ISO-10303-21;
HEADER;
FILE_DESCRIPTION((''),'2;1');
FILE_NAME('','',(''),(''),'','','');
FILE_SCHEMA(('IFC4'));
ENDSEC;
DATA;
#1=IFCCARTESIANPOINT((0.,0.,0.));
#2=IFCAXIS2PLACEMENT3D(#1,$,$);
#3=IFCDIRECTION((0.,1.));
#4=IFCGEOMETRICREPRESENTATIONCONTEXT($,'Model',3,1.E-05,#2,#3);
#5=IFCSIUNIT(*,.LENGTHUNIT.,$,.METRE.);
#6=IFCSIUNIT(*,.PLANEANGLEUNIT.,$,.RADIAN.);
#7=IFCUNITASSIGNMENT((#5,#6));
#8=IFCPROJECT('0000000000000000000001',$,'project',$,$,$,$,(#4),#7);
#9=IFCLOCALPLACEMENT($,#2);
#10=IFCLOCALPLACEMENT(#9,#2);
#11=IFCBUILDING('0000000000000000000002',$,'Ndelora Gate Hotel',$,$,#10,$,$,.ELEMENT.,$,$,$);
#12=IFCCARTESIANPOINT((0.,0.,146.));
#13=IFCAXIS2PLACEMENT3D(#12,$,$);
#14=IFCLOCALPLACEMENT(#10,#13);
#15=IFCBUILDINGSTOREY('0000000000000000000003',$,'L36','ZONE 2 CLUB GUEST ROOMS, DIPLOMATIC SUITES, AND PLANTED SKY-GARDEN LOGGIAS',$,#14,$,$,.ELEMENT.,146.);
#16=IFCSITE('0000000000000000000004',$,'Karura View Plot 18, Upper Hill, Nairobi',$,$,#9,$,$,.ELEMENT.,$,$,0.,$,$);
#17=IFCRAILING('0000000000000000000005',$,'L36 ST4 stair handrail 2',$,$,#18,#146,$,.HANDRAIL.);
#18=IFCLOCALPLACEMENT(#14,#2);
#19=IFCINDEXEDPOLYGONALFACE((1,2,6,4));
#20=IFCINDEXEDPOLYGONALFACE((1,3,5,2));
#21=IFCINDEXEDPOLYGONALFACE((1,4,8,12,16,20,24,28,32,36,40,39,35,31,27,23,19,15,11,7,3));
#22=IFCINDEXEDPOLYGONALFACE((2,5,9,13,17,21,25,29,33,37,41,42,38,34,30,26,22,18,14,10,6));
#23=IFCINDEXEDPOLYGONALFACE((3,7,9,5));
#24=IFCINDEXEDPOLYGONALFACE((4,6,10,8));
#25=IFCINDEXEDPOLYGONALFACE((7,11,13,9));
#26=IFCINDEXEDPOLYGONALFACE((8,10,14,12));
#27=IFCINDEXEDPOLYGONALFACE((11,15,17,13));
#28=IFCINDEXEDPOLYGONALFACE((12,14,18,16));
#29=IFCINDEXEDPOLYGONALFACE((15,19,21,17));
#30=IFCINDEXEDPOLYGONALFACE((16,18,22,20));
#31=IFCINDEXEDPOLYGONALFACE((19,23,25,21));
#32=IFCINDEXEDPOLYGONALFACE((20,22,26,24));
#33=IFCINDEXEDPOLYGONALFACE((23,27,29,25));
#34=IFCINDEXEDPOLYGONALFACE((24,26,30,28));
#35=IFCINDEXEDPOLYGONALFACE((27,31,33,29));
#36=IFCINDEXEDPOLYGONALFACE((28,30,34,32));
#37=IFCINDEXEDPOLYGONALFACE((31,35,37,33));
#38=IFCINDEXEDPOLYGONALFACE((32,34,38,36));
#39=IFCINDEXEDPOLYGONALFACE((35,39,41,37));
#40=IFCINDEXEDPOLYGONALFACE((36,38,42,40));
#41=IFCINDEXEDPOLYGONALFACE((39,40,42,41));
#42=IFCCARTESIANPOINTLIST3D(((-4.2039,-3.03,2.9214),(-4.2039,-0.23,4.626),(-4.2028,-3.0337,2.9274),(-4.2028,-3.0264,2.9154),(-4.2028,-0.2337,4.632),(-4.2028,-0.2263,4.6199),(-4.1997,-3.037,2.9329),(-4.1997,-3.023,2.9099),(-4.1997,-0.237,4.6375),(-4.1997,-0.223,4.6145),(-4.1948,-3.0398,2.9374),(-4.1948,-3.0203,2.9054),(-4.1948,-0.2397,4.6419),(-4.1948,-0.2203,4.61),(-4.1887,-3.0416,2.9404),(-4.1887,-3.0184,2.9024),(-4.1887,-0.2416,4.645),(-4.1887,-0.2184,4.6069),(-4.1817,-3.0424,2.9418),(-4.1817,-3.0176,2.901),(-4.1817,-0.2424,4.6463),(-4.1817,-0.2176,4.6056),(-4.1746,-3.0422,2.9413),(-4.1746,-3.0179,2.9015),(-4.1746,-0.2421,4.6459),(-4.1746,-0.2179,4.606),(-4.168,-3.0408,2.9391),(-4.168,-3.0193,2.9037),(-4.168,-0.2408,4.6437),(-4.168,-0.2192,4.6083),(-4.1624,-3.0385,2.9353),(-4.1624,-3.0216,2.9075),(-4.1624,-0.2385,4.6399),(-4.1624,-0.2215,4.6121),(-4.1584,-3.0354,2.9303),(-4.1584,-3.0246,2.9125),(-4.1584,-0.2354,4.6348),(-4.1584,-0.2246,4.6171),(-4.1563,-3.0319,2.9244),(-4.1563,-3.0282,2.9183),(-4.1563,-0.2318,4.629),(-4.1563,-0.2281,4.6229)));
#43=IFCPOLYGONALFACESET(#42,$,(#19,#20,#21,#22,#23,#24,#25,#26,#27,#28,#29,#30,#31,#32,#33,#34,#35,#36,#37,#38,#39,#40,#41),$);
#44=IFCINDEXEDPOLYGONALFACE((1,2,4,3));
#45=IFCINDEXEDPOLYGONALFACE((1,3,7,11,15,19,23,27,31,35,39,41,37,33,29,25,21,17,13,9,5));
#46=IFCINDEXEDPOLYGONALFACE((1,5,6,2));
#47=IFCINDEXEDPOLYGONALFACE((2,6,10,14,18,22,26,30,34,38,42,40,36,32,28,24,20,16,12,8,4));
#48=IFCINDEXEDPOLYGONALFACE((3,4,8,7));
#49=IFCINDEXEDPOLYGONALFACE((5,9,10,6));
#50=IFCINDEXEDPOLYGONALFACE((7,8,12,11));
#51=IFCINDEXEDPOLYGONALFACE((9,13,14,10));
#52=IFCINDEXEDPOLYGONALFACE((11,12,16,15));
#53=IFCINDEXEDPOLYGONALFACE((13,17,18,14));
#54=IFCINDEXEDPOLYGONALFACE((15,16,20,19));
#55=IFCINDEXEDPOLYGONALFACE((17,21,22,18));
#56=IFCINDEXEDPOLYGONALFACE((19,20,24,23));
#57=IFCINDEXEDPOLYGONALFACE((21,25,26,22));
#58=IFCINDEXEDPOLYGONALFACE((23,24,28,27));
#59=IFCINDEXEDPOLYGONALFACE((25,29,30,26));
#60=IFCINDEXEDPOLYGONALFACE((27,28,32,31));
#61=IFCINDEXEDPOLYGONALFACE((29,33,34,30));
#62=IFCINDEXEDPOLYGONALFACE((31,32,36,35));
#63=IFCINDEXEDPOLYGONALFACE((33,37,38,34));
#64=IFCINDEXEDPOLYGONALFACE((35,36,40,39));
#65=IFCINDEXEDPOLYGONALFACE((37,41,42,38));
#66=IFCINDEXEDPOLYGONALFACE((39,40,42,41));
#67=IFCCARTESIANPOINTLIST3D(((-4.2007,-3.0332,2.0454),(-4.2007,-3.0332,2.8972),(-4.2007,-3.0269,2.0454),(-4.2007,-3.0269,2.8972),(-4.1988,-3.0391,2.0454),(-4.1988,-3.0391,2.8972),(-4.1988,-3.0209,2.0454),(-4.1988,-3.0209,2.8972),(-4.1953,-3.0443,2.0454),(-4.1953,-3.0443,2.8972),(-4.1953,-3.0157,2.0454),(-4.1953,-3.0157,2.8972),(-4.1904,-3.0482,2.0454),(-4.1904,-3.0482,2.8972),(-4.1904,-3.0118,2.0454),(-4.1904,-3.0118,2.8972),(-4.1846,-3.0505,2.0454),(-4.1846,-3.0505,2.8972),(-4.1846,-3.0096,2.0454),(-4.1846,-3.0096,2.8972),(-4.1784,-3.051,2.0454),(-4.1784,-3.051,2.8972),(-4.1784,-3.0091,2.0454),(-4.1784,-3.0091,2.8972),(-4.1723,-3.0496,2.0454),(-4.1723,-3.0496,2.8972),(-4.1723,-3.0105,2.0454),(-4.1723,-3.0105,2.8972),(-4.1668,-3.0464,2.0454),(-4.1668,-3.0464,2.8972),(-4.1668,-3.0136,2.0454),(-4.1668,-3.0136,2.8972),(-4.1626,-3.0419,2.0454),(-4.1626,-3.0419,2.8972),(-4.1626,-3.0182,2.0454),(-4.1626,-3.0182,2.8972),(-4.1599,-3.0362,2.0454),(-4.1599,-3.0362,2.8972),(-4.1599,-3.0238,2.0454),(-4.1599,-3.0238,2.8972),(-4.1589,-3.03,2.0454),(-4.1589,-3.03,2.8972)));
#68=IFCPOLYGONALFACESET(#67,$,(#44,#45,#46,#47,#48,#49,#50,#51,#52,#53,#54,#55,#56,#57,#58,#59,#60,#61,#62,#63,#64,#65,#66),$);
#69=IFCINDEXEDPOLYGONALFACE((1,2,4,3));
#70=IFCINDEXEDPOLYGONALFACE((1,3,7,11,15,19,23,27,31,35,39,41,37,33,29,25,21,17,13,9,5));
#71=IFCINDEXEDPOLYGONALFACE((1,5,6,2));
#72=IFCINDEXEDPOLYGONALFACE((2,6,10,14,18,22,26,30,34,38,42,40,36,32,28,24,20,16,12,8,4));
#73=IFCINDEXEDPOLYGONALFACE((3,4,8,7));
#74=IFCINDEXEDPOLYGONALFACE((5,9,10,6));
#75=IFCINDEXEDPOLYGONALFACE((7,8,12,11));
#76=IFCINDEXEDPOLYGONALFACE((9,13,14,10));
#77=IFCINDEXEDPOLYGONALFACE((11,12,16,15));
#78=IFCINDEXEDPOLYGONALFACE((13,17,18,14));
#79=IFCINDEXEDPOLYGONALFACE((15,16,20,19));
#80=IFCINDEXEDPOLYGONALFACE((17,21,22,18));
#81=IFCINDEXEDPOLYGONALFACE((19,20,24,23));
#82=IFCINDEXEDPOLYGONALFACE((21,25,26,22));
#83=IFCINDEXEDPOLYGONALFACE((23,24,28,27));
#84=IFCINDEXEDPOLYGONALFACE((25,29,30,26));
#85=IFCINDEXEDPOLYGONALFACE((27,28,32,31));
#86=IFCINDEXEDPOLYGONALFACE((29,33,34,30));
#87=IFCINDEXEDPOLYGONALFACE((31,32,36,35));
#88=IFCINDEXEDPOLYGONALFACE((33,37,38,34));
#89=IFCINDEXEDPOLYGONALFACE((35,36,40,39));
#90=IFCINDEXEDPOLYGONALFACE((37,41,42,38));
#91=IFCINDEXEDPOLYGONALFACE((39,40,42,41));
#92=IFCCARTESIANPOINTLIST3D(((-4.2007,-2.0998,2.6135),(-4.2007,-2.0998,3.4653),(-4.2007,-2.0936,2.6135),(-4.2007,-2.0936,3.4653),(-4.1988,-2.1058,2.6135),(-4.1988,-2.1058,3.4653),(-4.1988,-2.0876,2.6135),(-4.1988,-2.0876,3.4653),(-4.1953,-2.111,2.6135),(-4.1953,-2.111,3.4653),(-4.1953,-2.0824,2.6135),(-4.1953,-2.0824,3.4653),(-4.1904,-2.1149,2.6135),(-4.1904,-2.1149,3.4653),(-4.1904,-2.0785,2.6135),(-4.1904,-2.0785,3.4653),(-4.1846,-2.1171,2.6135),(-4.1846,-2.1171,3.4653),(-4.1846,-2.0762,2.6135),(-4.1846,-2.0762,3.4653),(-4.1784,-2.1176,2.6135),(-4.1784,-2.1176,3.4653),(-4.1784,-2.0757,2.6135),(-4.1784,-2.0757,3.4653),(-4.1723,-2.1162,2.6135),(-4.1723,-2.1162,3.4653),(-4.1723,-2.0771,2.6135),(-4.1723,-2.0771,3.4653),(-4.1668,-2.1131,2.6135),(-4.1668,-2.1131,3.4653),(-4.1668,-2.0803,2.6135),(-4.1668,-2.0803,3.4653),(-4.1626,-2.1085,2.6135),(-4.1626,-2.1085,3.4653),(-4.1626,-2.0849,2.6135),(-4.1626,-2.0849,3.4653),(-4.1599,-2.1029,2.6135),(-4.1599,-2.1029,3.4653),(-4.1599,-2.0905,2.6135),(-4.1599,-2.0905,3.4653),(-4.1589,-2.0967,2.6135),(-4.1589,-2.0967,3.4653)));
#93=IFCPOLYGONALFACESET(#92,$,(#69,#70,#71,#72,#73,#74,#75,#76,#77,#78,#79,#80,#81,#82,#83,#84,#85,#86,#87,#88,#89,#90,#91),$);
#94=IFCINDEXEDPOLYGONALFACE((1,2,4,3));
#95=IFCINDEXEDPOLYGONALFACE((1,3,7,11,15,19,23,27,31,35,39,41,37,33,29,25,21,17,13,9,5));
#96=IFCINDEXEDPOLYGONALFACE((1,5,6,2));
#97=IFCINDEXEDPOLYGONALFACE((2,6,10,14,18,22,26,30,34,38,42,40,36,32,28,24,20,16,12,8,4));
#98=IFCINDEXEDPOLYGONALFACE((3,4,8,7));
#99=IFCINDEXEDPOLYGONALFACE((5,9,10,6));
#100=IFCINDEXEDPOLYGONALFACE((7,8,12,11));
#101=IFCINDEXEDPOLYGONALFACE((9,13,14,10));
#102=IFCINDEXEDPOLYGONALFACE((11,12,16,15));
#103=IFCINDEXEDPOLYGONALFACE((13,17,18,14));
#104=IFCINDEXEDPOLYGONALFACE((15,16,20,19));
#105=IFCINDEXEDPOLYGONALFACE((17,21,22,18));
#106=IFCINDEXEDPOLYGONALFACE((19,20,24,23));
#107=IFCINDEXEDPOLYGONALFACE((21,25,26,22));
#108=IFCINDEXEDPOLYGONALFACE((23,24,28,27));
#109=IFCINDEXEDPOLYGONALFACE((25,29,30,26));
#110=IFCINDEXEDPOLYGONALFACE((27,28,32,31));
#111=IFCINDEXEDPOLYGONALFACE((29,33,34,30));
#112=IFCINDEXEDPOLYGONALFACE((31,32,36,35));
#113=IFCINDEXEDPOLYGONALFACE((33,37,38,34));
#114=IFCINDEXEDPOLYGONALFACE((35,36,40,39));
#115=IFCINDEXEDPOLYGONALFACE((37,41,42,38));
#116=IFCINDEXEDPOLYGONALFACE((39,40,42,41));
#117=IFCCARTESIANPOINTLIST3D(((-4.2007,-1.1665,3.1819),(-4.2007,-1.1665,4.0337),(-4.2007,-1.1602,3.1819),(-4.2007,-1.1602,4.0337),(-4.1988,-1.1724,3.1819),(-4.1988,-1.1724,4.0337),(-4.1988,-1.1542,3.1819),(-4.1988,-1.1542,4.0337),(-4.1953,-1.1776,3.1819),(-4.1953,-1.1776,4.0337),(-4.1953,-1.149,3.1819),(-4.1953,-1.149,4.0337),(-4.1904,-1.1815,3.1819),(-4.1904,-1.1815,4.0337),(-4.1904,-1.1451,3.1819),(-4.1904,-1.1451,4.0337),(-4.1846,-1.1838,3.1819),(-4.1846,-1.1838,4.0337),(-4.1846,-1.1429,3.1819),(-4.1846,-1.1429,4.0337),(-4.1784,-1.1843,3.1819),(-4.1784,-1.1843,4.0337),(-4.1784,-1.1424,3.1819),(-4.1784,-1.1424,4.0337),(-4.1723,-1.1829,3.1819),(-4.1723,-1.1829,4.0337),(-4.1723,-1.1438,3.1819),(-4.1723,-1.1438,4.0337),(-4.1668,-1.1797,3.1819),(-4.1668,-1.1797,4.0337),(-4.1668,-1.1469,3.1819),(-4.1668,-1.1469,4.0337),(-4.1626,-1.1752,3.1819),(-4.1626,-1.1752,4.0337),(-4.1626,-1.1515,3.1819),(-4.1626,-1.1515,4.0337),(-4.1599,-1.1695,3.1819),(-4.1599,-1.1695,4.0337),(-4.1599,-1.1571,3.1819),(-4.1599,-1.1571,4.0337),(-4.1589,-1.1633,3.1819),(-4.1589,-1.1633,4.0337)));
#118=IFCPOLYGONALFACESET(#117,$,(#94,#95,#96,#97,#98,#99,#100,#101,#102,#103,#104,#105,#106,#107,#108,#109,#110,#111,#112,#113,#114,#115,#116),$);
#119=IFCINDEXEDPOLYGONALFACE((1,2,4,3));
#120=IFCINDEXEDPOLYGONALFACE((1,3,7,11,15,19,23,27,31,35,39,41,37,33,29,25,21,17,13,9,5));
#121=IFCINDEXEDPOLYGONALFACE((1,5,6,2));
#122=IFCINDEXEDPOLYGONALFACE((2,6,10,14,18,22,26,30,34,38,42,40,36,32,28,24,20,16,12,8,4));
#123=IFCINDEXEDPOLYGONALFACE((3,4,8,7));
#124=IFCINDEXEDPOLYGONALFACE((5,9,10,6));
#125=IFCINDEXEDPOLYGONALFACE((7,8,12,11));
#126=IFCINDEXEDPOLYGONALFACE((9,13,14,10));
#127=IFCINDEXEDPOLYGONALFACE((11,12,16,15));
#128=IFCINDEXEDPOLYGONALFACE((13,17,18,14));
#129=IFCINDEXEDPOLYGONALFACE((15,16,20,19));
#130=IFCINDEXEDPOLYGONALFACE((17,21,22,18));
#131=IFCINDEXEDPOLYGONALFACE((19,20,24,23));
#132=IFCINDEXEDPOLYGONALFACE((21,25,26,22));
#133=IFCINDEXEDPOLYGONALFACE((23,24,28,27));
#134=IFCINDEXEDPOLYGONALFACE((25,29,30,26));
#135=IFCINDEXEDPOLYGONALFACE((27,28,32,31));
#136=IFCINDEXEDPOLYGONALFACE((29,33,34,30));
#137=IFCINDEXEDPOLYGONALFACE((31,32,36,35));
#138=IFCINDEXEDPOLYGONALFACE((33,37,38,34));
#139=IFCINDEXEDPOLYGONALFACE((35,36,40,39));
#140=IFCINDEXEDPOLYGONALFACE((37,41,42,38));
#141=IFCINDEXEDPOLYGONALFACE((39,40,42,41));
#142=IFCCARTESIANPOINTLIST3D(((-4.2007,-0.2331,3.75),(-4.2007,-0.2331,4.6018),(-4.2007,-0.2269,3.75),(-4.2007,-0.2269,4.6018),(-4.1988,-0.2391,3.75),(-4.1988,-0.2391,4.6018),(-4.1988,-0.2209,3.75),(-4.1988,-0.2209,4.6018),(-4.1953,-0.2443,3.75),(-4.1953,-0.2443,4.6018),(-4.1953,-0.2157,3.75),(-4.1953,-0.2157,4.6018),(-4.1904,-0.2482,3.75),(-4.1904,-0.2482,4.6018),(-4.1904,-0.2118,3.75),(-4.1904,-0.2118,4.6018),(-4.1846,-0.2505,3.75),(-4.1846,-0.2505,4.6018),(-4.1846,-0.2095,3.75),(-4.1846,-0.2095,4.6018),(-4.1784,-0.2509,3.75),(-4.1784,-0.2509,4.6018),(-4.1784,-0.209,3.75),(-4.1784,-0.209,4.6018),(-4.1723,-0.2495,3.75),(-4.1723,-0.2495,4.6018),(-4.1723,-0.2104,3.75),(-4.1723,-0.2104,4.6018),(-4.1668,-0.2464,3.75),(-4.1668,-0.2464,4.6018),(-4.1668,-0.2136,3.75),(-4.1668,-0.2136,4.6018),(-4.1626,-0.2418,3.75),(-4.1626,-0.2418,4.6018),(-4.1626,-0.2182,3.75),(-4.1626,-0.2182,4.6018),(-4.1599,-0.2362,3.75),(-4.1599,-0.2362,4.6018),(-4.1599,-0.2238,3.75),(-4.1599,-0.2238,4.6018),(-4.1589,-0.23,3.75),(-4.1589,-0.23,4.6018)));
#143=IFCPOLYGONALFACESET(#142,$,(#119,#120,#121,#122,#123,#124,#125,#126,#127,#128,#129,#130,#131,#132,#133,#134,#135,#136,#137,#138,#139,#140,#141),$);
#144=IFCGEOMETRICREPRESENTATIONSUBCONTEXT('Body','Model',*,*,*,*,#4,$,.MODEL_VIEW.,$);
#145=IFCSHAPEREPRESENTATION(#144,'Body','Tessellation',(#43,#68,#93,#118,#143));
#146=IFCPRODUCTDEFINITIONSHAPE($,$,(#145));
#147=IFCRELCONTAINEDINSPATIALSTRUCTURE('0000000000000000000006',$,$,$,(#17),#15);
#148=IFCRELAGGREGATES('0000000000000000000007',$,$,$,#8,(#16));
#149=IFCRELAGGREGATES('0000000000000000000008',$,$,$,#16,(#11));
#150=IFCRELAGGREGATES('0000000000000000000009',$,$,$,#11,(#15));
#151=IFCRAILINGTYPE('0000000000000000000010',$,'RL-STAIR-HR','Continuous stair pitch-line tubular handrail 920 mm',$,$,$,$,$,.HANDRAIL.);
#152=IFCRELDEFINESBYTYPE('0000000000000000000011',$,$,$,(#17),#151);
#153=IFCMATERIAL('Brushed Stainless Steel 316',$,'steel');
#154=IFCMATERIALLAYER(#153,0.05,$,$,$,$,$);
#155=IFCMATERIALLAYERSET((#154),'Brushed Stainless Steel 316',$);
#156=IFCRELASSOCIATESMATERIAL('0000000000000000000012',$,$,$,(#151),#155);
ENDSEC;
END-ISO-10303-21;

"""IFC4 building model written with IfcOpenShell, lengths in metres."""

from ifc_helpers import new_model, si_unit, direction, frame, origin, origin_2d, place, context, subcontext, project, spatial, circle, extrude, material, layer, layer_set, type_object, element, save


model = new_model("IFC4")

# Units and contexts
model_context = context("Model", 3, precision=1e-05, world=origin(), true_north=direction((0.0, 1.0)))
body_context = subcontext(model_context, "Body", "Model", "MODEL_VIEW")
ifc_project = project(units=[si_unit("LENGTHUNIT", "METRE"), si_unit("PLANEANGLEUNIT", "RADIAN")], contexts=[model_context])

# Site, building, storey
site_placement = place(None, origin())
site = spatial("IfcSite", under=ifc_project, at=site_placement, Name="Karura View Plot 18, Upper Hill, Nairobi", CompositionType="ELEMENT", RefElevation=0.0)
building_placement = place(site_placement, origin())
building = spatial("IfcBuilding", under=site, at=building_placement, Name="Ndelora Gate Hotel", CompositionType="ELEMENT")
storey_placement = place(building_placement, frame((0.0, 0.0, 146.0)))
storey = spatial("IfcBuildingStorey", under=building, at=storey_placement, Name="L36", Description="ZONE 2 CLUB GUEST ROOMS, DIPLOMATIC SUITES, AND PLANTED SKY-GARDEN LOGGIAS", CompositionType="ELEMENT", Elevation=146.0)

# Railing
ifc_material_1 = material(Name="Brushed Stainless Steel 316", Category="steel")
ifc_layer_1 = layer(ifc_material_1, 0.05)
ifc_layer_set_1 = layer_set([ifc_layer_1], Name="Brushed Stainless Steel 316")
railing_type_1 = type_object("IfcRailingType", Name="RL-STAIR-HR", Description="Continuous stair pitch-line tubular handrail 920 mm", PredefinedType="HANDRAIL", material=ifc_layer_set_1)
railing_1_placement = place(storey_placement, frame((-4.1799, -3.03, 2.0454)))
element("IfcRailing", 1, at=railing_1_placement, inside=storey, type_object=railing_type_1, Name="L36 ST4 stair handrail 2", PredefinedType="HANDRAIL", context=body_context, shape_type="SweptSolid", body=[
    extrude(circle(Radius=0.0239, at=origin_2d()), frame((0.0, 0.0, 0.876), z_axis=(0.0, 0.85417, 0.519994), x_axis=(-1.0, 0.0, 0.0)), (0.0, 0.0, 1.0), 3.2781),
    extrude(circle(Radius=0.021, at=origin_2d()), origin(), (0.0, 0.0, 1.0), 0.8518),
    extrude(circle(Radius=0.021, at=origin_2d()), frame((0.0, 0.9333, 0.5681)), (0.0, 0.0, 1.0), 0.8518),
    extrude(circle(Radius=0.021, at=origin_2d()), frame((0.0, 1.8667, 1.1365)), (0.0, 0.0, 1.0), 0.8518),
    extrude(circle(Radius=0.021, at=origin_2d()), frame((0.0, 2.8, 1.7046)), (0.0, 0.0, 1.0), 0.8518),
])

save(model, "model.ifc")
